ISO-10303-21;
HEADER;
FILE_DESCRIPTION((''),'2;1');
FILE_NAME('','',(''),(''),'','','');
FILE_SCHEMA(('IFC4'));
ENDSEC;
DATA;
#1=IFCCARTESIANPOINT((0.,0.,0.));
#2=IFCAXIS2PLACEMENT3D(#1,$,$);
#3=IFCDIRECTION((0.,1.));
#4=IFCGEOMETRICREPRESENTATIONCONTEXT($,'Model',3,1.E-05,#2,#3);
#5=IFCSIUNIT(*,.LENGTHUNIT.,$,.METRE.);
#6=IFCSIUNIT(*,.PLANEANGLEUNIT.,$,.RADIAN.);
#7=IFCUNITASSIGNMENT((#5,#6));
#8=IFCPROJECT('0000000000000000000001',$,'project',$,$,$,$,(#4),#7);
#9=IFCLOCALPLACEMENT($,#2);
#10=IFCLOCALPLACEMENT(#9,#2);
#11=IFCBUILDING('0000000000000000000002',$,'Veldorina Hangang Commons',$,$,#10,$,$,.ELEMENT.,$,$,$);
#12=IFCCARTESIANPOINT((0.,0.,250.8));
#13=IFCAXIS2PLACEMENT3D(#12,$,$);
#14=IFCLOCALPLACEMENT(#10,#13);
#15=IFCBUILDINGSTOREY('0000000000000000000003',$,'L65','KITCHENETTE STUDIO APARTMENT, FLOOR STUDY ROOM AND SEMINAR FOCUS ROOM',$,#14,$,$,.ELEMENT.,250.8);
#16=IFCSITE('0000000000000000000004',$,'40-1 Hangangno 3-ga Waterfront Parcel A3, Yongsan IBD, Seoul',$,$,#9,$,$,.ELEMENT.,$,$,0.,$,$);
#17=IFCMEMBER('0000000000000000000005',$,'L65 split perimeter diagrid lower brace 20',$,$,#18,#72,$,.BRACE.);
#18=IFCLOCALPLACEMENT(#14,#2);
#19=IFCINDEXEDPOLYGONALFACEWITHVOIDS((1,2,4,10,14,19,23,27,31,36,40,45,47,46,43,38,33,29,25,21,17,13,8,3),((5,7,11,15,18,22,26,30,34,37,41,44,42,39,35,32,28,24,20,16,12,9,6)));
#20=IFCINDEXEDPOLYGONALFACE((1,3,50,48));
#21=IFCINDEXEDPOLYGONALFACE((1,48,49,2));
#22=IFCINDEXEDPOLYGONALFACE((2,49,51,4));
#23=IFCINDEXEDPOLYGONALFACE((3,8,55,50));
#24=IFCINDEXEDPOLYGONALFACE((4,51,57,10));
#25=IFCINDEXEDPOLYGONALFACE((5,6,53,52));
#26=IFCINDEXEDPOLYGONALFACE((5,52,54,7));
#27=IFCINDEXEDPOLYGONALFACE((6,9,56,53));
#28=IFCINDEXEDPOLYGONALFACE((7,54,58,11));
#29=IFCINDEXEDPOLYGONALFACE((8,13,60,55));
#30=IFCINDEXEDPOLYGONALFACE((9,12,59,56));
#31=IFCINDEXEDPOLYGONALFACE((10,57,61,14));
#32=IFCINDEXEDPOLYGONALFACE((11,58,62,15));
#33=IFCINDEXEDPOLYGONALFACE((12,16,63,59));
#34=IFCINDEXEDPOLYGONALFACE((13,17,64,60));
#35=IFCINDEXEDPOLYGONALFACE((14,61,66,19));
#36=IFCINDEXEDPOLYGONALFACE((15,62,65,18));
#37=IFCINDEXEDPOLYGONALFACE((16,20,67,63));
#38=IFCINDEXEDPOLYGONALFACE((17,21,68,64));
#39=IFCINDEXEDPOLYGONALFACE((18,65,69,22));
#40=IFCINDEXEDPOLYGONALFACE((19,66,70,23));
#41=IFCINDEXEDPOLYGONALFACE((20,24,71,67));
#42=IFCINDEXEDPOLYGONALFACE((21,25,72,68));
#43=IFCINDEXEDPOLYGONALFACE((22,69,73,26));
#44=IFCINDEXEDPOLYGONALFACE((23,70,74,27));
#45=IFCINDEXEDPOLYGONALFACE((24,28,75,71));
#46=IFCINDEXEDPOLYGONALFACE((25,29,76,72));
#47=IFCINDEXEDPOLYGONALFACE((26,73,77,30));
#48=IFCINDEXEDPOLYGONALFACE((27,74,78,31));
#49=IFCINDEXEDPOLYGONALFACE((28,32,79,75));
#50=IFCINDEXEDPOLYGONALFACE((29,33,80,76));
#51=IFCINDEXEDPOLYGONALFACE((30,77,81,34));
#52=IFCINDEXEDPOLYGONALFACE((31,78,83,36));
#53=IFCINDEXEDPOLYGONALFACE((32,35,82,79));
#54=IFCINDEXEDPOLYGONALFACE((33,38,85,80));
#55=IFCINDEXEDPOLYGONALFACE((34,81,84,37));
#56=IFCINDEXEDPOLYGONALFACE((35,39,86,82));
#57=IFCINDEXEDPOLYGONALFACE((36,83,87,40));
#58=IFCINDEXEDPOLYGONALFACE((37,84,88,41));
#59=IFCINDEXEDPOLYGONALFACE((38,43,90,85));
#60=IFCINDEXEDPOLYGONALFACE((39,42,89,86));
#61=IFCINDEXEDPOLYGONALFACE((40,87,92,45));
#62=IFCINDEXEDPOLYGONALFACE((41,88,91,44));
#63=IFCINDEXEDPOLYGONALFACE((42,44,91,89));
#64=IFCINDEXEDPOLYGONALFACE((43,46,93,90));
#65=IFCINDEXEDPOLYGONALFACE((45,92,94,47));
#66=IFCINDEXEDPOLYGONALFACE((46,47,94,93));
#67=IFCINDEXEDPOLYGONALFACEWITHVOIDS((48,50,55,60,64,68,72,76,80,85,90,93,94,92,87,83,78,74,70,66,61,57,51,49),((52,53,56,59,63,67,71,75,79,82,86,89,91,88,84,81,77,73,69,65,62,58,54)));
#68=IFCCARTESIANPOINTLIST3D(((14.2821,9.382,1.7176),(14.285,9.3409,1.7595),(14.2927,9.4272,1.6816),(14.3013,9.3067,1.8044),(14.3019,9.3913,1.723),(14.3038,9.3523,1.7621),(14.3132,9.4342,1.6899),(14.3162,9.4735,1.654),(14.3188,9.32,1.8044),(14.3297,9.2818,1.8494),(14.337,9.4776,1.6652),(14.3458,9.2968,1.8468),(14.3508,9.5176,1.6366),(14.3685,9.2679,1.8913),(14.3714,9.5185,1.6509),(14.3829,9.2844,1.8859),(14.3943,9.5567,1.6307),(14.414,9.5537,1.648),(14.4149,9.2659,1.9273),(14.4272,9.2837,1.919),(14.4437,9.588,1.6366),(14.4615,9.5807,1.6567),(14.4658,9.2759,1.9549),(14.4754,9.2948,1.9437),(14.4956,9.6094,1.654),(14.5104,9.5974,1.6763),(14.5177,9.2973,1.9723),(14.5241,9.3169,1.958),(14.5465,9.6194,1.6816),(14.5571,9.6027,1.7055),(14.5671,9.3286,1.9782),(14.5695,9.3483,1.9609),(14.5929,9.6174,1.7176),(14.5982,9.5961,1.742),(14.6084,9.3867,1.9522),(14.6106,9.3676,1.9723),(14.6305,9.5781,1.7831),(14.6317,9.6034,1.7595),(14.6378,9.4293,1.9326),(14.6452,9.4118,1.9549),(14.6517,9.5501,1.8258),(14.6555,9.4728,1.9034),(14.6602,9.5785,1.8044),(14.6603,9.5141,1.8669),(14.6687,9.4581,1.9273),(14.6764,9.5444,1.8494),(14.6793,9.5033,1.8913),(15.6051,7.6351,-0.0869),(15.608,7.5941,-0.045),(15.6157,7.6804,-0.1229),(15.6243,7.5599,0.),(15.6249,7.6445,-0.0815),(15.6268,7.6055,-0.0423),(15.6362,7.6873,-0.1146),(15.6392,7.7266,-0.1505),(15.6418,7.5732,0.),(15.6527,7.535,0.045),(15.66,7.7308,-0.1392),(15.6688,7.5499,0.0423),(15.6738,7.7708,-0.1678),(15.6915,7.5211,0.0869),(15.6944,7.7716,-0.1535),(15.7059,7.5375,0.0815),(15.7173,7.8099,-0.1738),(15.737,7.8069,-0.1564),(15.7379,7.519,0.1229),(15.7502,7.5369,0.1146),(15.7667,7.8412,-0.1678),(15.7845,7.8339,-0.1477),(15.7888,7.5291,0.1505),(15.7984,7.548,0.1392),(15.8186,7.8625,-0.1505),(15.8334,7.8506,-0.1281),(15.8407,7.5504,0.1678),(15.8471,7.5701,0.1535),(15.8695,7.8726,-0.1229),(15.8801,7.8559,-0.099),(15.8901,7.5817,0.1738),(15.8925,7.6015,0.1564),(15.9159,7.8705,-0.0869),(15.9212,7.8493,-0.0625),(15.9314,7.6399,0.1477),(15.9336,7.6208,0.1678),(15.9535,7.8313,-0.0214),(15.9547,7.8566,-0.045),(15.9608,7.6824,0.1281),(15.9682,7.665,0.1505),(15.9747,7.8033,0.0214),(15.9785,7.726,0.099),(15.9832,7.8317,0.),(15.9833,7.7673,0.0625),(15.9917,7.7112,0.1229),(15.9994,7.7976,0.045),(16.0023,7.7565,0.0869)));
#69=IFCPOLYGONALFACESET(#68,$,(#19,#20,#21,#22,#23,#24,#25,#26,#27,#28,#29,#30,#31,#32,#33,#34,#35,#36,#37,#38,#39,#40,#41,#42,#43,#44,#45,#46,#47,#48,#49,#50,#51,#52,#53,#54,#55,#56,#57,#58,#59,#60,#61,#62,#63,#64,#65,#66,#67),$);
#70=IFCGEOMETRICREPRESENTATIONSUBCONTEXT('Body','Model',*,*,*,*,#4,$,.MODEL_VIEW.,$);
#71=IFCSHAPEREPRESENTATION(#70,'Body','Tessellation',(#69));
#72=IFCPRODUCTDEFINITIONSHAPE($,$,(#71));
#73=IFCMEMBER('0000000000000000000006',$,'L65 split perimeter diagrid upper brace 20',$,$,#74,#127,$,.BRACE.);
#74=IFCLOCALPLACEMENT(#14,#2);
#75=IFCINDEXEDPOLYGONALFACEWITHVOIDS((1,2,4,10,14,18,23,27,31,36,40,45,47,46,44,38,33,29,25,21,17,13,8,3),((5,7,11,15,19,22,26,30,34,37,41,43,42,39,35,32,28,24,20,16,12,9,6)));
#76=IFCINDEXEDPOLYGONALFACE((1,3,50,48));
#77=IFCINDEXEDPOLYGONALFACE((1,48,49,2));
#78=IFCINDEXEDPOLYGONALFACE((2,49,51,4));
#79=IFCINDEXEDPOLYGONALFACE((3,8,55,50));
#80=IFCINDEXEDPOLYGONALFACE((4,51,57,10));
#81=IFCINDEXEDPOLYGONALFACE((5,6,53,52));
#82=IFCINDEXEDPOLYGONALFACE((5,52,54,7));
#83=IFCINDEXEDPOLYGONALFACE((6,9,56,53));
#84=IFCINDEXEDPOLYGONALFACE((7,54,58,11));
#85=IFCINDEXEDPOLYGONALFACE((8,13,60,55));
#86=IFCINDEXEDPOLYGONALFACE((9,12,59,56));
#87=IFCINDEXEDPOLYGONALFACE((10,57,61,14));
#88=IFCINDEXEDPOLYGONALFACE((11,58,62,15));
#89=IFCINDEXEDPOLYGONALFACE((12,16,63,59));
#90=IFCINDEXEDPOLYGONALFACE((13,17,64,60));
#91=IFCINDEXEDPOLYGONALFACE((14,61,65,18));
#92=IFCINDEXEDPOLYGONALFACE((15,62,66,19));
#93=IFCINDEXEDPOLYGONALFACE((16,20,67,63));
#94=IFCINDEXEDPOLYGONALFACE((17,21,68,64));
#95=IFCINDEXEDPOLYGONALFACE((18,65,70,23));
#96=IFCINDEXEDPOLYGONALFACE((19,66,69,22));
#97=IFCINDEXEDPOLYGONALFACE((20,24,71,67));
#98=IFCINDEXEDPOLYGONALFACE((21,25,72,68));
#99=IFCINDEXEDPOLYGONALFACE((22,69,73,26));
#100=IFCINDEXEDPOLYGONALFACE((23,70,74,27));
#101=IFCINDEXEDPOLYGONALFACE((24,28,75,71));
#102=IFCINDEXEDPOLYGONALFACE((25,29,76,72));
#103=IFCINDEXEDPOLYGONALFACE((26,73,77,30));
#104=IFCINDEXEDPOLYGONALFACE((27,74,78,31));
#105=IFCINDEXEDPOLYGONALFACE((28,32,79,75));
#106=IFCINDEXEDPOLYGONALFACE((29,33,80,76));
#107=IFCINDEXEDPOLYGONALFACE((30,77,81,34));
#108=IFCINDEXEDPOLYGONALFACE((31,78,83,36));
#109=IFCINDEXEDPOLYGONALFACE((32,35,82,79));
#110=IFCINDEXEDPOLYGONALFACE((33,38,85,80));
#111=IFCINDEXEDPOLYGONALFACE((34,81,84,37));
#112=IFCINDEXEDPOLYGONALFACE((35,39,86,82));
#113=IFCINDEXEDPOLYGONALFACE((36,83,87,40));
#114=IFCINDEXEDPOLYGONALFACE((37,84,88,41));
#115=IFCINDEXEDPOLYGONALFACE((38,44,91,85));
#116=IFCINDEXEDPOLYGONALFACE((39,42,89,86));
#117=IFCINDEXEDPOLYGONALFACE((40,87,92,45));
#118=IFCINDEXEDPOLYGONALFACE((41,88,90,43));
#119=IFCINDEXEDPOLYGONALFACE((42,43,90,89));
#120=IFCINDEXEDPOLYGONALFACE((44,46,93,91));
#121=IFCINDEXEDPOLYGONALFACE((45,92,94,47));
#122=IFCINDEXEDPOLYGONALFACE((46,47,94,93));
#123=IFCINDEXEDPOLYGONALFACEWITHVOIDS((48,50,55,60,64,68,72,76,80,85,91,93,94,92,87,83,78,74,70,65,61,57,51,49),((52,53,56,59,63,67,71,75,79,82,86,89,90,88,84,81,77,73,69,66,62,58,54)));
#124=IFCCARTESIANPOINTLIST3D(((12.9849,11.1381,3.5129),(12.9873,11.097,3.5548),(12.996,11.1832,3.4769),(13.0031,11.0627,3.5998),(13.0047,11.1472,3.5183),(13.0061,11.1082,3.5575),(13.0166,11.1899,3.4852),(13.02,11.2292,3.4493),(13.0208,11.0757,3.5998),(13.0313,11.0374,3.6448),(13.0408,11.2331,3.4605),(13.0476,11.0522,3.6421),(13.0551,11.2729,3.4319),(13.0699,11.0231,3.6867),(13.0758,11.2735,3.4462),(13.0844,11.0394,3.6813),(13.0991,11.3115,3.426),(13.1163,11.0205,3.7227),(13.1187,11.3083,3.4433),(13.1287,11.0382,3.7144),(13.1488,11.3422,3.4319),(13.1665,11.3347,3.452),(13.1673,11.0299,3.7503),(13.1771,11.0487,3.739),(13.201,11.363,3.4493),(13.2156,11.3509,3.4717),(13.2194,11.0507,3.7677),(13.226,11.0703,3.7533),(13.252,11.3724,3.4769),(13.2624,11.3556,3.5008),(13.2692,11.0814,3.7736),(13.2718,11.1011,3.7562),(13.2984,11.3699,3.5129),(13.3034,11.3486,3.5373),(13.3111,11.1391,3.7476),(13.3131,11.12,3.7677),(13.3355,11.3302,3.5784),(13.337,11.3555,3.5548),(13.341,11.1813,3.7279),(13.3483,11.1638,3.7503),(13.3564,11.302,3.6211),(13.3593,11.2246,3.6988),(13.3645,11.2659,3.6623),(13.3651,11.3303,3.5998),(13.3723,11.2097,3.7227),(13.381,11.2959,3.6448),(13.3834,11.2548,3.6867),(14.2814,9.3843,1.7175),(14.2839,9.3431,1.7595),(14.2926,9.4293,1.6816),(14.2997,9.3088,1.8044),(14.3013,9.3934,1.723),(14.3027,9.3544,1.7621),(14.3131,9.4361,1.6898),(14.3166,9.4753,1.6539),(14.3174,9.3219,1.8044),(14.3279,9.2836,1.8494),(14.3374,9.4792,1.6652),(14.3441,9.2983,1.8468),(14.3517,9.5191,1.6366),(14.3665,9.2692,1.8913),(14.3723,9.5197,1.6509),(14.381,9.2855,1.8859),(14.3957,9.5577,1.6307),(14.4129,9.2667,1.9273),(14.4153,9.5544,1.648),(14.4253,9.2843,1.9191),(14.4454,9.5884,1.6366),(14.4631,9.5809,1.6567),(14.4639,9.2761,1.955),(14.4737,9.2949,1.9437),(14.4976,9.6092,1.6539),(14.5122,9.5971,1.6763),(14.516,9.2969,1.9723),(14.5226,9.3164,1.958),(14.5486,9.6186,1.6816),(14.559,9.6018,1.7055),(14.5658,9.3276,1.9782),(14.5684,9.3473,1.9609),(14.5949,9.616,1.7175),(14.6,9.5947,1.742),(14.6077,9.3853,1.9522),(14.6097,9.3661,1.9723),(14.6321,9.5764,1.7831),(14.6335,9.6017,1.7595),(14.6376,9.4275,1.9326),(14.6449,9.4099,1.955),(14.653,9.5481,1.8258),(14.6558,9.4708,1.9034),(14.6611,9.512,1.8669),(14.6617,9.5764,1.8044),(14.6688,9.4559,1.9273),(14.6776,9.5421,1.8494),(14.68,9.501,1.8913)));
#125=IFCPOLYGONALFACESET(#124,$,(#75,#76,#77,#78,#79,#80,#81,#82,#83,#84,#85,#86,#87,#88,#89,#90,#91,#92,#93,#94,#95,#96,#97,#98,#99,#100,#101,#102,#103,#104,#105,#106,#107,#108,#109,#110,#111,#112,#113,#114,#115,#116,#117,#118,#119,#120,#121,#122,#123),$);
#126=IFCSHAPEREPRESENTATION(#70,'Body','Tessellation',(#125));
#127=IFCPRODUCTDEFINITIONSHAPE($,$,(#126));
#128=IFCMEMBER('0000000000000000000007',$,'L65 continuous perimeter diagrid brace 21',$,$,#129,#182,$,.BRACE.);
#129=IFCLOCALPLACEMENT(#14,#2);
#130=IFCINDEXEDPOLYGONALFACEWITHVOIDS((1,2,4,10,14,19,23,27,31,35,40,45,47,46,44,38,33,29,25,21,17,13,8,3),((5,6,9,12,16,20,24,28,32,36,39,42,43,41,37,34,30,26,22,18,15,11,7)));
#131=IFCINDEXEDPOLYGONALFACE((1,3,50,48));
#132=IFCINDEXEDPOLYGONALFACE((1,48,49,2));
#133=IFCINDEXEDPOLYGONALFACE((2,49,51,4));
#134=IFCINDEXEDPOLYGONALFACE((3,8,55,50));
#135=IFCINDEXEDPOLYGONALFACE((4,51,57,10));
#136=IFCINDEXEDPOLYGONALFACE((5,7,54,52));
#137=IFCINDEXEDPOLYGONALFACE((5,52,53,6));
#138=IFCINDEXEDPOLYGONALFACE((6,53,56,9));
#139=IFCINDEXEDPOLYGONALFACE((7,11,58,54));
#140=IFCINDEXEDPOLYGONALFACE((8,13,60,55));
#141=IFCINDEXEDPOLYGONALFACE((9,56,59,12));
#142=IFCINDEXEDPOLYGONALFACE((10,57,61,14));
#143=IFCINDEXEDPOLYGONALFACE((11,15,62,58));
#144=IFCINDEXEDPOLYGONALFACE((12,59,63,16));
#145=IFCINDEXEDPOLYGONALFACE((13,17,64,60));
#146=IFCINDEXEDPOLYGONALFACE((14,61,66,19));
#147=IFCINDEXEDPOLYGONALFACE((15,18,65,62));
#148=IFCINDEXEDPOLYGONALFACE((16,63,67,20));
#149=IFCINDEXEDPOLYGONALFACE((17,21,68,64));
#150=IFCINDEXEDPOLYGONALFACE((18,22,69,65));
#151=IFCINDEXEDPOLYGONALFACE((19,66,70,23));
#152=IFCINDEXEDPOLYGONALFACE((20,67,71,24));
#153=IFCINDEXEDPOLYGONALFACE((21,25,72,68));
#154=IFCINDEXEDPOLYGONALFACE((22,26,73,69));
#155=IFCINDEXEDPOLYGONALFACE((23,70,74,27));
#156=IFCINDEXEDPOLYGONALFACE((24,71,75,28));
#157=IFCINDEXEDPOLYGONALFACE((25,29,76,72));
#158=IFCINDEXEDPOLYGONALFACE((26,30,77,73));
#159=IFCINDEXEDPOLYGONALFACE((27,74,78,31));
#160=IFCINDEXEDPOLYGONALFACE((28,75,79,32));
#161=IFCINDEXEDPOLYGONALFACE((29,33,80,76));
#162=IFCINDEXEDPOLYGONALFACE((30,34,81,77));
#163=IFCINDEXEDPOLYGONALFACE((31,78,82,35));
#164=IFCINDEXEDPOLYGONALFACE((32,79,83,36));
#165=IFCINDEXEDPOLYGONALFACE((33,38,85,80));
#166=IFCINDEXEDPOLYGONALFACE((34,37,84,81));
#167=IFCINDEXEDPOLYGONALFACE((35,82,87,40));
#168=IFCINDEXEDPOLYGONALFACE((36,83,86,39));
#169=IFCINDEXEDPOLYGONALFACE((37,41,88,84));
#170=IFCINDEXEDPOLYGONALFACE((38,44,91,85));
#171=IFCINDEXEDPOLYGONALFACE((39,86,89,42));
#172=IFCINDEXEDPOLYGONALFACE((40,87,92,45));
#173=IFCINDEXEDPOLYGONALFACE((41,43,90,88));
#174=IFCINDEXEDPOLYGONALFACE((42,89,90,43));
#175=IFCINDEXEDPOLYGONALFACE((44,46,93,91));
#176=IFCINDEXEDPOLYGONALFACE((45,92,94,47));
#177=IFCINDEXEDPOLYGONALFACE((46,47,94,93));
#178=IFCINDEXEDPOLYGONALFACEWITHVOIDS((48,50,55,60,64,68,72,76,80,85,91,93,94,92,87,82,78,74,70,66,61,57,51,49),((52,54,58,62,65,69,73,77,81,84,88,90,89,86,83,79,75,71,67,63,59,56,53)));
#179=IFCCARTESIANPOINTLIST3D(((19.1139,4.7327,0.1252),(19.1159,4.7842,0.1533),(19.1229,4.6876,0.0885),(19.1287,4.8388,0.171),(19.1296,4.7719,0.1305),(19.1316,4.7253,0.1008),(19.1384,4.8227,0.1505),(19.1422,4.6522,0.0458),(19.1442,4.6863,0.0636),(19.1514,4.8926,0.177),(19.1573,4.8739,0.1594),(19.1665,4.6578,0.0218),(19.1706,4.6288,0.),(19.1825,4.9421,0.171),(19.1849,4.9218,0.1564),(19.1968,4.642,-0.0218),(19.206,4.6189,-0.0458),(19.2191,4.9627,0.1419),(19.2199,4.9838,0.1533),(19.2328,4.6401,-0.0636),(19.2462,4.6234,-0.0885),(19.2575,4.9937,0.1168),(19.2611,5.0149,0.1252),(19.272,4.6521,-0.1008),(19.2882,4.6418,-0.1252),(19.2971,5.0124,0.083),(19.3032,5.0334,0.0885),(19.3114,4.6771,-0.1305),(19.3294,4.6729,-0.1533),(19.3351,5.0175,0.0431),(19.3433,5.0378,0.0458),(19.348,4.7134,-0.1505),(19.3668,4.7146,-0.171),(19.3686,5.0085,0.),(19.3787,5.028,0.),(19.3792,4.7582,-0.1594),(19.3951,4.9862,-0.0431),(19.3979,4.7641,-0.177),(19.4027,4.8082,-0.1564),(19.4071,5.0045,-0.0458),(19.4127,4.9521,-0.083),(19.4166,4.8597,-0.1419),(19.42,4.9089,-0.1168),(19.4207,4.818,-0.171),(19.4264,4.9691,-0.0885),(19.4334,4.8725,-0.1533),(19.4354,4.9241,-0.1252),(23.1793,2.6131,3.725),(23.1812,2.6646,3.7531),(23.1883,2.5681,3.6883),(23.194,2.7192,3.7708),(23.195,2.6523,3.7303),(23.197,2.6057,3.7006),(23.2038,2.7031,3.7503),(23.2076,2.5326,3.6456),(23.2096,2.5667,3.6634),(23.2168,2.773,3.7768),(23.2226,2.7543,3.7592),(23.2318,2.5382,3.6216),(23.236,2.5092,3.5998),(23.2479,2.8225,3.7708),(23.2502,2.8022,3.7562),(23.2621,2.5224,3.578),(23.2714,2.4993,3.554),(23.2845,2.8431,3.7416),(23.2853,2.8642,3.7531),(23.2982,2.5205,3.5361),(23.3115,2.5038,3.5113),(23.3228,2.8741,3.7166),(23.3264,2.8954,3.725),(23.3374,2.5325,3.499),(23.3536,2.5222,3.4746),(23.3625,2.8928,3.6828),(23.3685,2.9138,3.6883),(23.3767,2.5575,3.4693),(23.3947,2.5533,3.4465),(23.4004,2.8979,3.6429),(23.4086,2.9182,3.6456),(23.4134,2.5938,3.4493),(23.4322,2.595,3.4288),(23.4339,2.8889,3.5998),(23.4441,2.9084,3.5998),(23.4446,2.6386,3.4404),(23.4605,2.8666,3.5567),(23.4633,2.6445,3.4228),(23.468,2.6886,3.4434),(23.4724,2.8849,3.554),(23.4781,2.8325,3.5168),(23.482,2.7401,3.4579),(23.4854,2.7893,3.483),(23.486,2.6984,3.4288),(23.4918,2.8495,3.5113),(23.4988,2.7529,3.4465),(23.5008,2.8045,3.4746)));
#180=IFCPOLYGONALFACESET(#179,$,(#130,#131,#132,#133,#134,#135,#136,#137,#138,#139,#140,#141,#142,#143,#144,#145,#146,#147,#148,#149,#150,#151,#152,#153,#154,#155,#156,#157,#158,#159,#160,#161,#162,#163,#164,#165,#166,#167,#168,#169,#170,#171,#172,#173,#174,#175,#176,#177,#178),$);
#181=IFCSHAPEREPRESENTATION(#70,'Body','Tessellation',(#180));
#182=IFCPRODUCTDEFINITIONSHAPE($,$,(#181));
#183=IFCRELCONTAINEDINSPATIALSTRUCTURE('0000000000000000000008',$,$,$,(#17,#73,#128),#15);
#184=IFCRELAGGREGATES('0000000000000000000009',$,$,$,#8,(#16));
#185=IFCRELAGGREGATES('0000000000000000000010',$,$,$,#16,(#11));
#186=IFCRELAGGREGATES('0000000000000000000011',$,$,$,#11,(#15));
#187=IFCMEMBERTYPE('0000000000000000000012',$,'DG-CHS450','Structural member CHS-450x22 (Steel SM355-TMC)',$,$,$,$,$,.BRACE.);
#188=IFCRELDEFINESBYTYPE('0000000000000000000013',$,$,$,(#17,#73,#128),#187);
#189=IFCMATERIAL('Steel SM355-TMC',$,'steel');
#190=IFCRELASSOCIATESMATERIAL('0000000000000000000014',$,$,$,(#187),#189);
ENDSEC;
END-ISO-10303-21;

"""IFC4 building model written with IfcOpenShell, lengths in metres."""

from ifc_helpers import new_model, si_unit, direction, frame, origin, origin_2d, place, context, subcontext, project, spatial, hollow_circle, extrude, material, material_profile, profile_set, type_object, element, save


model = new_model("IFC4")

# Units and contexts
model_context = context("Model", 3, precision=1e-05, world=origin(), true_north=direction((0.0, 1.0)))
body_context = subcontext(model_context, "Body", "Model", "MODEL_VIEW")
ifc_project = project(units=[si_unit("LENGTHUNIT", "METRE"), si_unit("PLANEANGLEUNIT", "RADIAN")], contexts=[model_context])

# Site, building, storey
site_placement = place(None, origin())
site = spatial("IfcSite", under=ifc_project, at=site_placement, Name="40-1 Hangangno 3-ga Waterfront Parcel A3, Yongsan IBD, Seoul", CompositionType="ELEMENT", RefElevation=0.0)
building_placement = place(site_placement, origin())
building = spatial("IfcBuilding", under=site, at=building_placement, Name="Veldorina Hangang Commons", CompositionType="ELEMENT")
storey_placement = place(building_placement, frame((0.0, 0.0, 250.8)))
storey = spatial("IfcBuildingStorey", under=building, at=storey_placement, Name="L65", Description="KITCHENETTE STUDIO APARTMENT, FLOOR STUDY ROOM AND SEMINAR FOCUS ROOM", CompositionType="ELEMENT", Elevation=250.8)

# Shared definitions
ifc_material_1 = material(Name="Steel SM355-TMC", Category="steel")

# Members
ifc_material_profile_1 = material_profile(ifc_material_1, hollow_circle(Radius=0.2251, WallThickness=0.022, at=origin_2d()), Name="CHS-450x22")
ifc_profile_set_1 = profile_set([ifc_material_profile_1], Name="Steel SM355-TMC")
member_type_1 = type_object("IfcMemberType", Name="DG-CHS450", Description="Structural member CHS-450x22 (Steel SM355-TMC)", PredefinedType="BRACE", material=ifc_profile_set_1)
member_1_placement = place(storey_placement, frame((15.8037, 7.6958, 0.0), z_axis=(-0.466071, 0.61538, 0.635677), x_axis=(-0.79717, -0.603755, 0.0)))
element("IfcMember", 1, at=member_1_placement, inside=storey, type_object=member_type_1, Name="L65 split perimeter diagrid lower brace 20", PredefinedType="BRACE", context=body_context, shape_type="SweptSolid", body=[
    extrude(hollow_circle(Radius=0.2251, WallThickness=0.022, at=origin_2d()), origin(), (0.0, 0.0, 1.0), 2.8386),
])
member_2_placement = place(storey_placement, frame((14.4807, 9.4426, 1.8044), z_axis=(-0.458975, 0.62084, 0.635531), x_axis=(-0.804118, -0.59447, 0.0)))
element("IfcMember", 2, at=member_2_placement, inside=storey, type_object=member_type_1, Name="L65 split perimeter diagrid upper brace 20", PredefinedType="BRACE", context=body_context, shape_type="SweptSolid", body=[
    extrude(hollow_circle(Radius=0.2251, WallThickness=0.022, at=origin_2d()), origin(), (0.0, 0.0, 1.0), 2.825),
])
member_3_placement = place(storey_placement, frame((19.2747, 4.8284, 0.0), z_axis=(0.697426, -0.363623, 0.617556), x_axis=(0.462315, 0.886716, 0.0)))
element("IfcMember", 3, at=member_3_placement, inside=storey, type_object=member_type_1, Name="L65 continuous perimeter diagrid brace 21", PredefinedType="BRACE", context=body_context, shape_type="SweptSolid", body=[
    extrude(hollow_circle(Radius=0.2251, WallThickness=0.022, at=origin_2d()), origin(), (0.0, 0.0, 1.0), 5.8291),
])

save(model, "model.ifc")
